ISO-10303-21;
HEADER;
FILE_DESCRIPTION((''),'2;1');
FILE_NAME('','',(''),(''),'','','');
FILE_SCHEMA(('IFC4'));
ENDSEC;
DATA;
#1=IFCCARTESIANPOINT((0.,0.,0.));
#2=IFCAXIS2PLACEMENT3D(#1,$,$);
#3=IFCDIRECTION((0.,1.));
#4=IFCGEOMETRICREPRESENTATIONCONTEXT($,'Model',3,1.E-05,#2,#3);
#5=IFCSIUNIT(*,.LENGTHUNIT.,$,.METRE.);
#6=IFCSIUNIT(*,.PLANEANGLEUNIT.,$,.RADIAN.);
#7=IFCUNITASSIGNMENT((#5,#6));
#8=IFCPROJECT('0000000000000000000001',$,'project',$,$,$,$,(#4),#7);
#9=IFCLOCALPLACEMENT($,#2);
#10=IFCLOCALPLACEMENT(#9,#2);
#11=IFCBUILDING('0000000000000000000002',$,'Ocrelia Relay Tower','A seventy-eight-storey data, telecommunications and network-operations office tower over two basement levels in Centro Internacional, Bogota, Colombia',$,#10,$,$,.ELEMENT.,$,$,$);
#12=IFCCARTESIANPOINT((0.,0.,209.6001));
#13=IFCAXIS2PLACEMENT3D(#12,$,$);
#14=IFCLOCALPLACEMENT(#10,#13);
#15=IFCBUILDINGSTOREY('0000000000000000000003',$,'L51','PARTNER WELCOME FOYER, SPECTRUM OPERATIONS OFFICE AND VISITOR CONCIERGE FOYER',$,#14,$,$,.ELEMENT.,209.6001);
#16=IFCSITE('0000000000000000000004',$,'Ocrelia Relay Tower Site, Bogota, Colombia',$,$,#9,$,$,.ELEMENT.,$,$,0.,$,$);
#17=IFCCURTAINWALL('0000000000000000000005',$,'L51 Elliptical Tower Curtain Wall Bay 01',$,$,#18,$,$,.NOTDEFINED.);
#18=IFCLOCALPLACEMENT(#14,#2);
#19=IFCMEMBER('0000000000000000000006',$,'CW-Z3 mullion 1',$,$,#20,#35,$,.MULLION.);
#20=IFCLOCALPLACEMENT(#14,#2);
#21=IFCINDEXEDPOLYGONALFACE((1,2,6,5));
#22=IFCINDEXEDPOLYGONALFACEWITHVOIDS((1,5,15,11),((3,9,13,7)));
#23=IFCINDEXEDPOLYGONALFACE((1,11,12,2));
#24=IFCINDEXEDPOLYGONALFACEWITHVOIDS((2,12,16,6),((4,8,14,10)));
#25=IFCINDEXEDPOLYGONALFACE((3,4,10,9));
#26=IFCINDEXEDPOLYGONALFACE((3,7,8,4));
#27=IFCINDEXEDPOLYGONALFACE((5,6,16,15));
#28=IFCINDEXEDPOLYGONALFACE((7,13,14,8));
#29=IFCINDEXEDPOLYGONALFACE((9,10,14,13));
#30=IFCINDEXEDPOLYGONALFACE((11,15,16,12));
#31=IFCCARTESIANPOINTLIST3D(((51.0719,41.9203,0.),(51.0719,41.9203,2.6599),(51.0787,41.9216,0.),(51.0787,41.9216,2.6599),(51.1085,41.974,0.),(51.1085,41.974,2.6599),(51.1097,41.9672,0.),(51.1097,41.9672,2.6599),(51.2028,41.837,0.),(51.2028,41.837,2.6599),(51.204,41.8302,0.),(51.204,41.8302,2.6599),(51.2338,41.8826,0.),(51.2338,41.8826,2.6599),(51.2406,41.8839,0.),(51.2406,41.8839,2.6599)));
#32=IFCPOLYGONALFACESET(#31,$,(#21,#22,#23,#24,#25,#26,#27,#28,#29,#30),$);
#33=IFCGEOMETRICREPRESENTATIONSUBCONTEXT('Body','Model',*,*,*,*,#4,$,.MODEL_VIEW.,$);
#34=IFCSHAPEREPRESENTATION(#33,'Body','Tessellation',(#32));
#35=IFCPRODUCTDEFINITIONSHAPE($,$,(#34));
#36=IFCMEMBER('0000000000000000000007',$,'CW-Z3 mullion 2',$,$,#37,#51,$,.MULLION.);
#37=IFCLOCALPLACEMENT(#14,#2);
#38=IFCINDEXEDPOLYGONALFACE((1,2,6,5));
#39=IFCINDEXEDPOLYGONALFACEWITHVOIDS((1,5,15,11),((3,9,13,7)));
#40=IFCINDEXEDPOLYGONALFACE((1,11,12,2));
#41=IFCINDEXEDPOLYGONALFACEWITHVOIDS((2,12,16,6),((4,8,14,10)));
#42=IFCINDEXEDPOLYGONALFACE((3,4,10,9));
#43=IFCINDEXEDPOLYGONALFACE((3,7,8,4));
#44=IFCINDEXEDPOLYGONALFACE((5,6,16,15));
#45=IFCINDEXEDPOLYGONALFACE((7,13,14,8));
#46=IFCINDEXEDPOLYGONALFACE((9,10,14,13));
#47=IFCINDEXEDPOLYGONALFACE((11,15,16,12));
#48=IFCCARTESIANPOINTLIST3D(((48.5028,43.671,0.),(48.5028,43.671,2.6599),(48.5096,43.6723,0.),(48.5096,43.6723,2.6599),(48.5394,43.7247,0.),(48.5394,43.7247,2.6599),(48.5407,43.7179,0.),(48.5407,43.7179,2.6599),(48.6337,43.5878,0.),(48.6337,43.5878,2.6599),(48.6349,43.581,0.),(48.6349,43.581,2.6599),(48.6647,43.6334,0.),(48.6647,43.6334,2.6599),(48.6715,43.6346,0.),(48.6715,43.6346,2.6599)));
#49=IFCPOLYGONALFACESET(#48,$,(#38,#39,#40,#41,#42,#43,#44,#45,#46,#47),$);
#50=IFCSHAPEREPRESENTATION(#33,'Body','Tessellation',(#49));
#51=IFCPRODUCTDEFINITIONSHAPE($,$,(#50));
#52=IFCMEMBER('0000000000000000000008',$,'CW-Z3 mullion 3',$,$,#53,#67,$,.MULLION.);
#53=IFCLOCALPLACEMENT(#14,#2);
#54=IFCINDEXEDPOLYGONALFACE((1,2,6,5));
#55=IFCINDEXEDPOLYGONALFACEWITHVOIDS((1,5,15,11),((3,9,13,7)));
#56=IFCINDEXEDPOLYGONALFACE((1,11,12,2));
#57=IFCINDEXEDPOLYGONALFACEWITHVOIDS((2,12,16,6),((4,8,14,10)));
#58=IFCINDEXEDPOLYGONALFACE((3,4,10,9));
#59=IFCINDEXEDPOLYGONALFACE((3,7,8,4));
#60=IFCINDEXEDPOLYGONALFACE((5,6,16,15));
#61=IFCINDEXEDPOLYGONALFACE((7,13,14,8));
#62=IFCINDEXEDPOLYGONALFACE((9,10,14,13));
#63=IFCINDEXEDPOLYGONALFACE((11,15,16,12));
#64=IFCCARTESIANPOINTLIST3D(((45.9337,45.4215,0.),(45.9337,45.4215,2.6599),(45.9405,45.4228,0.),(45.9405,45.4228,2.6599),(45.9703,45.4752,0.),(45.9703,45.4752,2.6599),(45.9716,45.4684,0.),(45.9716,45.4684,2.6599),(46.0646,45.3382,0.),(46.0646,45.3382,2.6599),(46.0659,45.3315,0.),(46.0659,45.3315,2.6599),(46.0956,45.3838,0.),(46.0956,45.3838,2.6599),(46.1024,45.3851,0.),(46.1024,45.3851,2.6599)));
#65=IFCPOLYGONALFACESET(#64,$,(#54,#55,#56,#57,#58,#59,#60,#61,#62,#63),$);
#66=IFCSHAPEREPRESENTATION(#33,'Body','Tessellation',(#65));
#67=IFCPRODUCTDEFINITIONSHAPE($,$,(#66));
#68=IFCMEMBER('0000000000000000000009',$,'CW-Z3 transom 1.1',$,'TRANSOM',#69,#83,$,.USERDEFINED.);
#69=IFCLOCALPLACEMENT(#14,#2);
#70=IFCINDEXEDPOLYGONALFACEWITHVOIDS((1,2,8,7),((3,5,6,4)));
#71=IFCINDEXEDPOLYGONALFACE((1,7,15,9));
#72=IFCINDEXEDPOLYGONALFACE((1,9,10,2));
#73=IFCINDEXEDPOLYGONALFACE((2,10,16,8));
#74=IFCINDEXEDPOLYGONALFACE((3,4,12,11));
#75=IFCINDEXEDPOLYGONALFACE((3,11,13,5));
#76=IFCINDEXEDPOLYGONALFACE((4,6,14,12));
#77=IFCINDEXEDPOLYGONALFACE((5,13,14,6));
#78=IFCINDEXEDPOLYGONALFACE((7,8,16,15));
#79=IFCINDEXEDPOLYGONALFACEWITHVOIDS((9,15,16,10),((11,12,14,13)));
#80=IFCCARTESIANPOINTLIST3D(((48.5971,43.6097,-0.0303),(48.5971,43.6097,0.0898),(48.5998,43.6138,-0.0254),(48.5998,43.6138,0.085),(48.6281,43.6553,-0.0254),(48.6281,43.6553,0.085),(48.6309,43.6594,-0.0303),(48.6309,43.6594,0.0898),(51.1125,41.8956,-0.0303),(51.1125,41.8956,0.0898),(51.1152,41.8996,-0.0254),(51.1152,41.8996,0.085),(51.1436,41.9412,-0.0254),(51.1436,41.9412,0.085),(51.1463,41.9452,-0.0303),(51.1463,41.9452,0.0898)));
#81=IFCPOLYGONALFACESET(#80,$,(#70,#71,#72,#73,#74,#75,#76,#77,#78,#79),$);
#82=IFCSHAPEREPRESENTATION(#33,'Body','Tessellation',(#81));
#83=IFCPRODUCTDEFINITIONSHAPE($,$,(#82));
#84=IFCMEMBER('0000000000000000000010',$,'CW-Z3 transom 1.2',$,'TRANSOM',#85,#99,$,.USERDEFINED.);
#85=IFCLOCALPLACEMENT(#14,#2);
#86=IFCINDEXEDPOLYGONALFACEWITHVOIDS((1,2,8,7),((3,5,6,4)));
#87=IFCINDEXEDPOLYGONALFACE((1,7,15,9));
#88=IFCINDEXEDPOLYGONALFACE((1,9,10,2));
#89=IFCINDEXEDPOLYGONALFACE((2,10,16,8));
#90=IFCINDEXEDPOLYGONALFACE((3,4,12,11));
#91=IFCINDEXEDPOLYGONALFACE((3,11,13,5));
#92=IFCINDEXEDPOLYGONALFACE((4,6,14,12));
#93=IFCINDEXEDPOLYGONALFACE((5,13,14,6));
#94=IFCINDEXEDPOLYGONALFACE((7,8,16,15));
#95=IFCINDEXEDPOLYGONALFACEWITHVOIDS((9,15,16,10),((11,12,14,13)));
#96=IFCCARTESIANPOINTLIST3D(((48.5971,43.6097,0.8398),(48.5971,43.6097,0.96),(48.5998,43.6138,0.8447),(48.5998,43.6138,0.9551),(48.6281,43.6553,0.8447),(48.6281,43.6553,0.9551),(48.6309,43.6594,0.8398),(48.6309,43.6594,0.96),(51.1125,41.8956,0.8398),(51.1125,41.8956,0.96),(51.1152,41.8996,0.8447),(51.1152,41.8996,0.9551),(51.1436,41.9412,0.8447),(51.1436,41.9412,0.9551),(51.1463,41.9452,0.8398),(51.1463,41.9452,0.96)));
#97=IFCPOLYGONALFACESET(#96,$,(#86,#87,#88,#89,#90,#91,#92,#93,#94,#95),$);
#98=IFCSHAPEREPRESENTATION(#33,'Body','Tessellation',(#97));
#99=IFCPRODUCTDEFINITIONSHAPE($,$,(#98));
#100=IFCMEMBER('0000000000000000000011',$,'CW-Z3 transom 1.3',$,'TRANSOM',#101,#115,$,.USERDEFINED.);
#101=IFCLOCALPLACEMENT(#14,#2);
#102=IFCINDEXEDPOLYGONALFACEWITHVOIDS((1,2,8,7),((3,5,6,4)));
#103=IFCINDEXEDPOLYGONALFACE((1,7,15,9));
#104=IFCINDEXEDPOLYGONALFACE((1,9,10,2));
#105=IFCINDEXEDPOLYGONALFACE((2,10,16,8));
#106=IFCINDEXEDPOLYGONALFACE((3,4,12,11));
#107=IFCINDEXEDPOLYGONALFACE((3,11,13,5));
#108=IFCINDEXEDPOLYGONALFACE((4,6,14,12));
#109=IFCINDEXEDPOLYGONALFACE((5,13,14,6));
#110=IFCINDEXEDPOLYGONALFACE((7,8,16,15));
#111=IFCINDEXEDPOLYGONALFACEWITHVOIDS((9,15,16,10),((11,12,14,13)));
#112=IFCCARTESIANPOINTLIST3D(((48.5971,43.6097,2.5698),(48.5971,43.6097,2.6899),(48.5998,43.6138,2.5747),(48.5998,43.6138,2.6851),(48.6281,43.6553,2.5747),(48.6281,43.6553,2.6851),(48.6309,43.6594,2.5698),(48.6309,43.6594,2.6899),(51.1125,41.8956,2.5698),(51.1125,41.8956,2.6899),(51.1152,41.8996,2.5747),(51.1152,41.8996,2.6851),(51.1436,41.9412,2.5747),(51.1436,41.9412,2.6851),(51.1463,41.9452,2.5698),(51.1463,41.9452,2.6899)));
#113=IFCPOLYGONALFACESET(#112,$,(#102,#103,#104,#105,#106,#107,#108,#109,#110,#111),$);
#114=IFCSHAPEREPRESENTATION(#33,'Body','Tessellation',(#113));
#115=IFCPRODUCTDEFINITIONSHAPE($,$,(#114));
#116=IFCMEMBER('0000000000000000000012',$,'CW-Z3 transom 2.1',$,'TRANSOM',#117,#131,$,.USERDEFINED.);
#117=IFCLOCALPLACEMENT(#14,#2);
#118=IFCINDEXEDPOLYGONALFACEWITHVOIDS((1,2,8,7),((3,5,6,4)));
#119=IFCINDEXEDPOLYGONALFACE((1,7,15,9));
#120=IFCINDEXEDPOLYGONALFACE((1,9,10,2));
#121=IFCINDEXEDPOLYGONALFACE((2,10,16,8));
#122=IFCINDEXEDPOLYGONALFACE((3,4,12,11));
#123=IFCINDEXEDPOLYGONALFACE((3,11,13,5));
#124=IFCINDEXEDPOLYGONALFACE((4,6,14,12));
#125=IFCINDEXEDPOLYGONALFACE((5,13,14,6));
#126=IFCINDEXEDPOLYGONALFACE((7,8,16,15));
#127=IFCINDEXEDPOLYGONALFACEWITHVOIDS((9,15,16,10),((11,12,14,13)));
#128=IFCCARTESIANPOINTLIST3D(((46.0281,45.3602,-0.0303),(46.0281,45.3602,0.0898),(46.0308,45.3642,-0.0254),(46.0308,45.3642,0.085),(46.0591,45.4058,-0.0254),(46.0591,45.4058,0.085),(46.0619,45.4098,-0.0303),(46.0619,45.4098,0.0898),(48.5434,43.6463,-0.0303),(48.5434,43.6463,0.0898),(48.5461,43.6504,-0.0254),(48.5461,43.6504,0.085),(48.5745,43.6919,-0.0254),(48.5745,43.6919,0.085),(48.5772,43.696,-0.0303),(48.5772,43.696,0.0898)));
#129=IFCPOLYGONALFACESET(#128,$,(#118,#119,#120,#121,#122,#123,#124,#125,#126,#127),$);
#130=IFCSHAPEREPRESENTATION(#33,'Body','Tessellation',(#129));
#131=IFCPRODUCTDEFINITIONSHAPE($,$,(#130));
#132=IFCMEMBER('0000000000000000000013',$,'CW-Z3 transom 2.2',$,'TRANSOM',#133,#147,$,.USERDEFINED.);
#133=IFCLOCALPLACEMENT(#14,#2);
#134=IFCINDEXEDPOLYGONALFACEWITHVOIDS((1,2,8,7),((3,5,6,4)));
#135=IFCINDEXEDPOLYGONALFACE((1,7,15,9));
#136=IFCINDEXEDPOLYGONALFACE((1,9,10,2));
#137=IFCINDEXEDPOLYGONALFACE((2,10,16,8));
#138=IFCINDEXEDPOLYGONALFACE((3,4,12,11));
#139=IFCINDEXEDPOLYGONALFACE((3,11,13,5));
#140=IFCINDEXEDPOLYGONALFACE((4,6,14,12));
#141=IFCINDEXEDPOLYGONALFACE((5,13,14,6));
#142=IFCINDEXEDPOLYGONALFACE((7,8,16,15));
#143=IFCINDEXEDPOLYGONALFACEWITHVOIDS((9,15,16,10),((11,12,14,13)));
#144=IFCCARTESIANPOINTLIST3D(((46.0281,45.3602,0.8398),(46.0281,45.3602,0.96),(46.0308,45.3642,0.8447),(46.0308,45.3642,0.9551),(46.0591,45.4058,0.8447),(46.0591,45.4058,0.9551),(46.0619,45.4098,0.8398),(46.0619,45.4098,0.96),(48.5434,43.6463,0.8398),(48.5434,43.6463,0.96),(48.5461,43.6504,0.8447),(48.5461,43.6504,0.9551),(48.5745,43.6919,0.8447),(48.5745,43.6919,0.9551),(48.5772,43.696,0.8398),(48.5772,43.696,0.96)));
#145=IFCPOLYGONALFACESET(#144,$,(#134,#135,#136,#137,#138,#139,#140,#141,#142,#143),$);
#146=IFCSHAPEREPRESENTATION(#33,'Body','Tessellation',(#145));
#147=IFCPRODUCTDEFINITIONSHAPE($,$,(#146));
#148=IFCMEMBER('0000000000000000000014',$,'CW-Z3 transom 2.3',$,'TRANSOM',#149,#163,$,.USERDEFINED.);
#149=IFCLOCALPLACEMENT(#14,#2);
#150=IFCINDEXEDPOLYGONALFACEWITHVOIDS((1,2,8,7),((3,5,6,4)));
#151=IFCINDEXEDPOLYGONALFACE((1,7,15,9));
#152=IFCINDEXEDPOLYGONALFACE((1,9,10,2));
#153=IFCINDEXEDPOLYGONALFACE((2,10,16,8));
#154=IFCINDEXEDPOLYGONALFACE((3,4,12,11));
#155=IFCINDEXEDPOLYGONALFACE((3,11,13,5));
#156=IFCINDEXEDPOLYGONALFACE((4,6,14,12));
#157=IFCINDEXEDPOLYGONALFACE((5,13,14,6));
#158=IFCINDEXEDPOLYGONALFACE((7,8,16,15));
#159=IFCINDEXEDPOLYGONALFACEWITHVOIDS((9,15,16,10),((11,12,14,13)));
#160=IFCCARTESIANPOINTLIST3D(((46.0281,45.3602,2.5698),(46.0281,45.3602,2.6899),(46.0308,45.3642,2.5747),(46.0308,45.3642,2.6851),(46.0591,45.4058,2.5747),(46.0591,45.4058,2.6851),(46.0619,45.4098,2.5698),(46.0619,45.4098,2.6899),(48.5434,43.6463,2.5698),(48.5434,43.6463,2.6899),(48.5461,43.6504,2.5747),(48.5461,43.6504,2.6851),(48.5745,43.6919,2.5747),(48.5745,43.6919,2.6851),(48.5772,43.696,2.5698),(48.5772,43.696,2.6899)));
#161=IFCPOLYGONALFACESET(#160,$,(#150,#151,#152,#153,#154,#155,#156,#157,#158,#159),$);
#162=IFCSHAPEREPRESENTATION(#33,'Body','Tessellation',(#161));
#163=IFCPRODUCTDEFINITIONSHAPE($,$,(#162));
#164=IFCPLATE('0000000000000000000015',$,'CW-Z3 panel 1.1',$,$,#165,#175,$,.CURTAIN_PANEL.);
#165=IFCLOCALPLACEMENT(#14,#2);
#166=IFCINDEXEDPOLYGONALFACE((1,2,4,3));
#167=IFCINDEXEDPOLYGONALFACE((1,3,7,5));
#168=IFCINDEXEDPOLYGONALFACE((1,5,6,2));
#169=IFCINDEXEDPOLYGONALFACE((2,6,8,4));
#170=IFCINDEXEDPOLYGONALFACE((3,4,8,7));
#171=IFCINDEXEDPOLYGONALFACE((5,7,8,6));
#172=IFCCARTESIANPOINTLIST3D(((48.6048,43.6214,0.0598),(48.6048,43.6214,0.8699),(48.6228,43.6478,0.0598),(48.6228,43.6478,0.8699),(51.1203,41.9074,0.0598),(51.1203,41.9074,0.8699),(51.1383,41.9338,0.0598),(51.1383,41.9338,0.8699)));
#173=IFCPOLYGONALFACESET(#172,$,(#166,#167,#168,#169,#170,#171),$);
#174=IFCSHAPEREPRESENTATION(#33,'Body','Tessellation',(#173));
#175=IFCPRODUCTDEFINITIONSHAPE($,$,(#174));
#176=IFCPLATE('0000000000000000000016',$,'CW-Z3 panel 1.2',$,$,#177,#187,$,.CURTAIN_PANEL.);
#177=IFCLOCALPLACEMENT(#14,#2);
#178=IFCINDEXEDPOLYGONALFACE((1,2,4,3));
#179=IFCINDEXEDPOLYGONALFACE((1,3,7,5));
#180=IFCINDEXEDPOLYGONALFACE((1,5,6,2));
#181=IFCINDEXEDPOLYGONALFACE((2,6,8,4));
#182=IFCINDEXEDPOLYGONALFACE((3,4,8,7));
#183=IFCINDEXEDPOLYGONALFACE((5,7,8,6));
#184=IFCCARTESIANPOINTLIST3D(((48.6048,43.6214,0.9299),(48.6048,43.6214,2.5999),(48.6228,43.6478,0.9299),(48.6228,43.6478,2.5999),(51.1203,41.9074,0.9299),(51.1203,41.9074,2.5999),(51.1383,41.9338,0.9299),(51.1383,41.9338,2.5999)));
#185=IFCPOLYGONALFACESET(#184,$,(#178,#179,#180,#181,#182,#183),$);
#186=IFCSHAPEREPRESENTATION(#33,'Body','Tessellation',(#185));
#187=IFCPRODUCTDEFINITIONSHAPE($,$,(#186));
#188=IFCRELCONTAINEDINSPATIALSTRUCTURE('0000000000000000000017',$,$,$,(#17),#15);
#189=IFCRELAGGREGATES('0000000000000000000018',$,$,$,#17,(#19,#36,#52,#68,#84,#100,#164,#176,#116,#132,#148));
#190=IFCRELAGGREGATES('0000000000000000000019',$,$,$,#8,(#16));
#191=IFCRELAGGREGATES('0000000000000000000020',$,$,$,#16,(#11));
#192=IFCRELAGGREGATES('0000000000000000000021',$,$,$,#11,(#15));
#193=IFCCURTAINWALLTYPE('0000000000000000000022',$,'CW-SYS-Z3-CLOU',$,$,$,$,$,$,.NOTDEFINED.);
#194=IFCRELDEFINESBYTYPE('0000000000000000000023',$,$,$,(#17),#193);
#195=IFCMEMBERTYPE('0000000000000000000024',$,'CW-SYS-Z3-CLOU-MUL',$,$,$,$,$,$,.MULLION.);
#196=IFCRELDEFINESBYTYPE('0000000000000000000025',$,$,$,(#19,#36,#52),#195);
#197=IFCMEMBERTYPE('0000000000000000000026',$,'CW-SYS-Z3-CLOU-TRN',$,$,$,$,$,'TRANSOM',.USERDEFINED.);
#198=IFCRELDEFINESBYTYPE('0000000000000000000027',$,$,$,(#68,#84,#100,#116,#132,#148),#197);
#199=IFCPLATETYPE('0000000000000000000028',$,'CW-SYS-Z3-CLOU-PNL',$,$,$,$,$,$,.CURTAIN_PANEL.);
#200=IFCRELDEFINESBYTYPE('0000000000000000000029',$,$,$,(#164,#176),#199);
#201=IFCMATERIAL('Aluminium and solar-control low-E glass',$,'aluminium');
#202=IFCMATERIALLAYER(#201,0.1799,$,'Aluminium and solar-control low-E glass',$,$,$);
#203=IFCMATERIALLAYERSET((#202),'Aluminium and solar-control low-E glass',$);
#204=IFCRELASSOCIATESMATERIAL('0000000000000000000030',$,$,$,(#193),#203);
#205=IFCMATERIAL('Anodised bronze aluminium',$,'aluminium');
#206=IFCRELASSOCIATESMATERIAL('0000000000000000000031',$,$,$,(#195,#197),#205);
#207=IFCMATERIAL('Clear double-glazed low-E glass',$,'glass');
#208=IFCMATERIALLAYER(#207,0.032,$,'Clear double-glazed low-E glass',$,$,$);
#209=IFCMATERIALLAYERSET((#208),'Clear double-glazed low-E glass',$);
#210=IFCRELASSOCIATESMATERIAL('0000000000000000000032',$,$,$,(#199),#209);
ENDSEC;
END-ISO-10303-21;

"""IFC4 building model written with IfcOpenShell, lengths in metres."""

from ifc_helpers import new_model, si_unit, direction, frame, origin, origin_2d, place, context, subcontext, project, spatial, rectangle, hollow_rectangle, extrude, material, layer, layer_set, material_profile, profile_set, type_object, element, aggregate, save


model = new_model("IFC4")

# Units and contexts
model_context = context("Model", 3, precision=1e-05, world=origin(), true_north=direction((0.0, 1.0)))
body_context = subcontext(model_context, "Body", "Model", "MODEL_VIEW")
ifc_project = project(units=[si_unit("LENGTHUNIT", "METRE"), si_unit("PLANEANGLEUNIT", "RADIAN")], contexts=[model_context])

# Site, building, storey
site_placement = place(None, origin())
site = spatial("IfcSite", under=ifc_project, at=site_placement, Name="Ocrelia Relay Tower Site, Bogota, Colombia", CompositionType="ELEMENT", RefElevation=0.0)
building_placement = place(site_placement, origin())
building = spatial("IfcBuilding", under=site, at=building_placement, Name="Ocrelia Relay Tower", Description="A seventy-eight-storey data, telecommunications and network-operations office tower over two basement levels in Centro Internacional, Bogota, Colombia", CompositionType="ELEMENT")
storey_placement = place(building_placement, frame((0.0, 0.0, 209.6001)))
storey = spatial("IfcBuildingStorey", under=building, at=storey_placement, Name="L51", Description="PARTNER WELCOME FOYER, SPECTRUM OPERATIONS OFFICE AND VISITOR CONCIERGE FOYER", CompositionType="ELEMENT", Elevation=209.6001)

# Curtain wall, members, plates
ifc_material_1 = material(Name="Aluminium and solar-control low-E glass", Category="aluminium")
ifc_layer_1 = layer(ifc_material_1, 0.1799, Name="Aluminium and solar-control low-E glass")
ifc_layer_set_1 = layer_set([ifc_layer_1], Name="Aluminium and solar-control low-E glass")
curtain_wall_type = type_object("IfcCurtainWallType", Name="CW-SYS-Z3-CLOU", PredefinedType="NOTDEFINED", material=ifc_layer_set_1)
curtain_wall_placement = place(storey_placement, origin())
curtain_wall = element("IfcCurtainWall", 1, at=curtain_wall_placement, inside=storey, type_object=curtain_wall_type, Name="L51 Elliptical Tower Curtain Wall Bay 01", PredefinedType="NOTDEFINED")
ifc_material_2 = material(Name="Anodised bronze aluminium", Category="aluminium")
ifc_material_profile_1 = material_profile(ifc_material_2, hollow_rectangle(XDim=0.0649, YDim=0.1599, WallThickness=0.0049, at=origin_2d()), Name="CW-MUL-160x65")
ifc_profile_set_1 = profile_set([ifc_material_profile_1], Name="Anodised bronze aluminium")
member_type_1 = type_object("IfcMemberType", Name="CW-SYS-Z3-CLOU-MUL", PredefinedType="MULLION", material=ifc_profile_set_1)
member_1_placement = place(storey_placement, frame((51.1562, 41.9021, 0.0), z_axis=(0.0, 0.0, 1.0), x_axis=(-0.563098, -0.82639, 0.0)))
member_1 = element("IfcMember", 2, at=member_1_placement, type_object=member_type_1, Name="CW-Z3 mullion 1", PredefinedType="MULLION", context=body_context, shape_type="SweptSolid", body=[
    extrude(hollow_rectangle(XDim=0.0649, YDim=0.1599, WallThickness=0.0049, at=origin_2d()), origin(), (0.0, 0.0, 1.0), 2.6599),
])
member_2_placement = place(storey_placement, frame((48.5872, 43.6528, 0.0), z_axis=(0.0, 0.0, 1.0), x_axis=(-0.563098, -0.82639, 0.0)))
member_2 = element("IfcMember", 3, at=member_2_placement, type_object=member_type_1, Name="CW-Z3 mullion 2", PredefinedType="MULLION", context=body_context, shape_type="SweptSolid", body=[
    extrude(hollow_rectangle(XDim=0.0649, YDim=0.1599, WallThickness=0.0049, at=origin_2d()), origin(), (0.0, 0.0, 1.0), 2.6599),
])
member_3_placement = place(storey_placement, frame((46.0181, 45.4033, 0.0), z_axis=(0.0, 0.0, 1.0), x_axis=(-0.563098, -0.82639, 0.0)))
member_3 = element("IfcMember", 4, at=member_3_placement, type_object=member_type_1, Name="CW-Z3 mullion 3", PredefinedType="MULLION", context=body_context, shape_type="SweptSolid", body=[
    extrude(hollow_rectangle(XDim=0.0649, YDim=0.1599, WallThickness=0.0049, at=origin_2d()), origin(), (0.0, 0.0, 1.0), 2.6599),
])
ifc_material_profile_2 = material_profile(ifc_material_2, hollow_rectangle(XDim=0.0601, YDim=0.1201, WallThickness=0.0049, at=origin_2d()), Name="CW-TRN-120x60")
ifc_profile_set_2 = profile_set([ifc_material_profile_2], Name="Anodised bronze aluminium")
member_type_2 = type_object("IfcMemberType", Name="CW-SYS-Z3-CLOU-TRN", ElementType="TRANSOM", PredefinedType="USERDEFINED", material=ifc_profile_set_2)
member_4_placement = place(storey_placement, frame((51.1294, 41.9204, 0.0298), z_axis=(-0.826368, 0.56313, 0.0), x_axis=(-0.56313, -0.826368, 0.0)))
member_4 = element("IfcMember", 5, at=member_4_placement, type_object=member_type_2, Name="CW-Z3 transom 1.1", ObjectType="TRANSOM", PredefinedType="USERDEFINED", context=body_context, shape_type="SweptSolid", body=[
    extrude(hollow_rectangle(XDim=0.0601, YDim=0.1201, WallThickness=0.0049, at=origin_2d()), origin(), (0.0, 0.0, 1.0), 3.0439),
])
member_5_placement = place(storey_placement, frame((51.1294, 41.9204, 0.8999), z_axis=(-0.826368, 0.56313, 0.0), x_axis=(-0.56313, -0.826368, 0.0)))
member_5 = element("IfcMember", 6, at=member_5_placement, type_object=member_type_2, Name="CW-Z3 transom 1.2", ObjectType="TRANSOM", PredefinedType="USERDEFINED", context=body_context, shape_type="SweptSolid", body=[
    extrude(hollow_rectangle(XDim=0.0601, YDim=0.1201, WallThickness=0.0049, at=origin_2d()), origin(), (0.0, 0.0, 1.0), 3.0439),
])
member_6_placement = place(storey_placement, frame((51.1294, 41.9204, 2.6299), z_axis=(-0.826368, 0.56313, 0.0), x_axis=(-0.56313, -0.826368, 0.0)))
member_6 = element("IfcMember", 7, at=member_6_placement, type_object=member_type_2, Name="CW-Z3 transom 1.3", ObjectType="TRANSOM", PredefinedType="USERDEFINED", context=body_context, shape_type="SweptSolid", body=[
    extrude(hollow_rectangle(XDim=0.0601, YDim=0.1201, WallThickness=0.0049, at=origin_2d()), origin(), (0.0, 0.0, 1.0), 3.0439),
])
member_7_placement = place(storey_placement, frame((48.5603, 43.6711, 0.0298), z_axis=(-0.826405, 0.563075, 0.0), x_axis=(-0.563075, -0.826405, 0.0)))
member_7 = element("IfcMember", 8, at=member_7_placement, type_object=member_type_2, Name="CW-Z3 transom 2.1", ObjectType="TRANSOM", PredefinedType="USERDEFINED", context=body_context, shape_type="SweptSolid", body=[
    extrude(hollow_rectangle(XDim=0.0601, YDim=0.1201, WallThickness=0.0049, at=origin_2d()), origin(), (0.0, 0.0, 1.0), 3.0437),
])
member_8_placement = place(storey_placement, frame((48.5603, 43.6711, 0.8999), z_axis=(-0.826405, 0.563075, 0.0), x_axis=(-0.563075, -0.826405, 0.0)))
member_8 = element("IfcMember", 9, at=member_8_placement, type_object=member_type_2, Name="CW-Z3 transom 2.2", ObjectType="TRANSOM", PredefinedType="USERDEFINED", context=body_context, shape_type="SweptSolid", body=[
    extrude(hollow_rectangle(XDim=0.0601, YDim=0.1201, WallThickness=0.0049, at=origin_2d()), origin(), (0.0, 0.0, 1.0), 3.0437),
])
member_9_placement = place(storey_placement, frame((48.5603, 43.6711, 2.6299), z_axis=(-0.826405, 0.563075, 0.0), x_axis=(-0.563075, -0.826405, 0.0)))
member_9 = element("IfcMember", 10, at=member_9_placement, type_object=member_type_2, Name="CW-Z3 transom 2.3", ObjectType="TRANSOM", PredefinedType="USERDEFINED", context=body_context, shape_type="SweptSolid", body=[
    extrude(hollow_rectangle(XDim=0.0601, YDim=0.1201, WallThickness=0.0049, at=origin_2d()), origin(), (0.0, 0.0, 1.0), 3.0437),
])
ifc_material_3 = material(Name="Clear double-glazed low-E glass", Category="glass")
ifc_layer_2 = layer(ifc_material_3, 0.032, Name="Clear double-glazed low-E glass")
ifc_layer_set_2 = layer_set([ifc_layer_2], Name="Clear double-glazed low-E glass")
plate_type = type_object("IfcPlateType", Name="CW-SYS-Z3-CLOU-PNL", PredefinedType="CURTAIN_PANEL", material=ifc_layer_set_2)
plate_1_placement = place(storey_placement, frame((49.8716, 42.7776, 0.0598), z_axis=(0.0, 0.0, 1.0), x_axis=(-0.82639, 0.563098, 0.0)))
plate_1 = element("IfcPlate", 11, at=plate_1_placement, type_object=plate_type, Name="CW-Z3 panel 1.1", PredefinedType="CURTAIN_PANEL", context=body_context, shape_type="SweptSolid", body=[
    extrude(rectangle(XDim=3.0439, YDim=0.032, at=origin_2d()), origin(), (0.0, 0.0, 1.0), 0.8101),
])
plate_2_placement = place(storey_placement, frame((49.8716, 42.7776, 0.9299), z_axis=(0.0, 0.0, 1.0), x_axis=(-0.82639, 0.563098, 0.0)))
plate_2 = element("IfcPlate", 12, at=plate_2_placement, type_object=plate_type, Name="CW-Z3 panel 1.2", PredefinedType="CURTAIN_PANEL", context=body_context, shape_type="SweptSolid", body=[
    extrude(rectangle(XDim=3.0439, YDim=0.032, at=origin_2d()), origin(), (0.0, 0.0, 1.0), 1.6699),
])
aggregate(curtain_wall, [member_1, member_2, member_3, member_4, member_5, member_6, plate_1, plate_2, member_7, member_8, member_9])

save(model, "model.ifc")
